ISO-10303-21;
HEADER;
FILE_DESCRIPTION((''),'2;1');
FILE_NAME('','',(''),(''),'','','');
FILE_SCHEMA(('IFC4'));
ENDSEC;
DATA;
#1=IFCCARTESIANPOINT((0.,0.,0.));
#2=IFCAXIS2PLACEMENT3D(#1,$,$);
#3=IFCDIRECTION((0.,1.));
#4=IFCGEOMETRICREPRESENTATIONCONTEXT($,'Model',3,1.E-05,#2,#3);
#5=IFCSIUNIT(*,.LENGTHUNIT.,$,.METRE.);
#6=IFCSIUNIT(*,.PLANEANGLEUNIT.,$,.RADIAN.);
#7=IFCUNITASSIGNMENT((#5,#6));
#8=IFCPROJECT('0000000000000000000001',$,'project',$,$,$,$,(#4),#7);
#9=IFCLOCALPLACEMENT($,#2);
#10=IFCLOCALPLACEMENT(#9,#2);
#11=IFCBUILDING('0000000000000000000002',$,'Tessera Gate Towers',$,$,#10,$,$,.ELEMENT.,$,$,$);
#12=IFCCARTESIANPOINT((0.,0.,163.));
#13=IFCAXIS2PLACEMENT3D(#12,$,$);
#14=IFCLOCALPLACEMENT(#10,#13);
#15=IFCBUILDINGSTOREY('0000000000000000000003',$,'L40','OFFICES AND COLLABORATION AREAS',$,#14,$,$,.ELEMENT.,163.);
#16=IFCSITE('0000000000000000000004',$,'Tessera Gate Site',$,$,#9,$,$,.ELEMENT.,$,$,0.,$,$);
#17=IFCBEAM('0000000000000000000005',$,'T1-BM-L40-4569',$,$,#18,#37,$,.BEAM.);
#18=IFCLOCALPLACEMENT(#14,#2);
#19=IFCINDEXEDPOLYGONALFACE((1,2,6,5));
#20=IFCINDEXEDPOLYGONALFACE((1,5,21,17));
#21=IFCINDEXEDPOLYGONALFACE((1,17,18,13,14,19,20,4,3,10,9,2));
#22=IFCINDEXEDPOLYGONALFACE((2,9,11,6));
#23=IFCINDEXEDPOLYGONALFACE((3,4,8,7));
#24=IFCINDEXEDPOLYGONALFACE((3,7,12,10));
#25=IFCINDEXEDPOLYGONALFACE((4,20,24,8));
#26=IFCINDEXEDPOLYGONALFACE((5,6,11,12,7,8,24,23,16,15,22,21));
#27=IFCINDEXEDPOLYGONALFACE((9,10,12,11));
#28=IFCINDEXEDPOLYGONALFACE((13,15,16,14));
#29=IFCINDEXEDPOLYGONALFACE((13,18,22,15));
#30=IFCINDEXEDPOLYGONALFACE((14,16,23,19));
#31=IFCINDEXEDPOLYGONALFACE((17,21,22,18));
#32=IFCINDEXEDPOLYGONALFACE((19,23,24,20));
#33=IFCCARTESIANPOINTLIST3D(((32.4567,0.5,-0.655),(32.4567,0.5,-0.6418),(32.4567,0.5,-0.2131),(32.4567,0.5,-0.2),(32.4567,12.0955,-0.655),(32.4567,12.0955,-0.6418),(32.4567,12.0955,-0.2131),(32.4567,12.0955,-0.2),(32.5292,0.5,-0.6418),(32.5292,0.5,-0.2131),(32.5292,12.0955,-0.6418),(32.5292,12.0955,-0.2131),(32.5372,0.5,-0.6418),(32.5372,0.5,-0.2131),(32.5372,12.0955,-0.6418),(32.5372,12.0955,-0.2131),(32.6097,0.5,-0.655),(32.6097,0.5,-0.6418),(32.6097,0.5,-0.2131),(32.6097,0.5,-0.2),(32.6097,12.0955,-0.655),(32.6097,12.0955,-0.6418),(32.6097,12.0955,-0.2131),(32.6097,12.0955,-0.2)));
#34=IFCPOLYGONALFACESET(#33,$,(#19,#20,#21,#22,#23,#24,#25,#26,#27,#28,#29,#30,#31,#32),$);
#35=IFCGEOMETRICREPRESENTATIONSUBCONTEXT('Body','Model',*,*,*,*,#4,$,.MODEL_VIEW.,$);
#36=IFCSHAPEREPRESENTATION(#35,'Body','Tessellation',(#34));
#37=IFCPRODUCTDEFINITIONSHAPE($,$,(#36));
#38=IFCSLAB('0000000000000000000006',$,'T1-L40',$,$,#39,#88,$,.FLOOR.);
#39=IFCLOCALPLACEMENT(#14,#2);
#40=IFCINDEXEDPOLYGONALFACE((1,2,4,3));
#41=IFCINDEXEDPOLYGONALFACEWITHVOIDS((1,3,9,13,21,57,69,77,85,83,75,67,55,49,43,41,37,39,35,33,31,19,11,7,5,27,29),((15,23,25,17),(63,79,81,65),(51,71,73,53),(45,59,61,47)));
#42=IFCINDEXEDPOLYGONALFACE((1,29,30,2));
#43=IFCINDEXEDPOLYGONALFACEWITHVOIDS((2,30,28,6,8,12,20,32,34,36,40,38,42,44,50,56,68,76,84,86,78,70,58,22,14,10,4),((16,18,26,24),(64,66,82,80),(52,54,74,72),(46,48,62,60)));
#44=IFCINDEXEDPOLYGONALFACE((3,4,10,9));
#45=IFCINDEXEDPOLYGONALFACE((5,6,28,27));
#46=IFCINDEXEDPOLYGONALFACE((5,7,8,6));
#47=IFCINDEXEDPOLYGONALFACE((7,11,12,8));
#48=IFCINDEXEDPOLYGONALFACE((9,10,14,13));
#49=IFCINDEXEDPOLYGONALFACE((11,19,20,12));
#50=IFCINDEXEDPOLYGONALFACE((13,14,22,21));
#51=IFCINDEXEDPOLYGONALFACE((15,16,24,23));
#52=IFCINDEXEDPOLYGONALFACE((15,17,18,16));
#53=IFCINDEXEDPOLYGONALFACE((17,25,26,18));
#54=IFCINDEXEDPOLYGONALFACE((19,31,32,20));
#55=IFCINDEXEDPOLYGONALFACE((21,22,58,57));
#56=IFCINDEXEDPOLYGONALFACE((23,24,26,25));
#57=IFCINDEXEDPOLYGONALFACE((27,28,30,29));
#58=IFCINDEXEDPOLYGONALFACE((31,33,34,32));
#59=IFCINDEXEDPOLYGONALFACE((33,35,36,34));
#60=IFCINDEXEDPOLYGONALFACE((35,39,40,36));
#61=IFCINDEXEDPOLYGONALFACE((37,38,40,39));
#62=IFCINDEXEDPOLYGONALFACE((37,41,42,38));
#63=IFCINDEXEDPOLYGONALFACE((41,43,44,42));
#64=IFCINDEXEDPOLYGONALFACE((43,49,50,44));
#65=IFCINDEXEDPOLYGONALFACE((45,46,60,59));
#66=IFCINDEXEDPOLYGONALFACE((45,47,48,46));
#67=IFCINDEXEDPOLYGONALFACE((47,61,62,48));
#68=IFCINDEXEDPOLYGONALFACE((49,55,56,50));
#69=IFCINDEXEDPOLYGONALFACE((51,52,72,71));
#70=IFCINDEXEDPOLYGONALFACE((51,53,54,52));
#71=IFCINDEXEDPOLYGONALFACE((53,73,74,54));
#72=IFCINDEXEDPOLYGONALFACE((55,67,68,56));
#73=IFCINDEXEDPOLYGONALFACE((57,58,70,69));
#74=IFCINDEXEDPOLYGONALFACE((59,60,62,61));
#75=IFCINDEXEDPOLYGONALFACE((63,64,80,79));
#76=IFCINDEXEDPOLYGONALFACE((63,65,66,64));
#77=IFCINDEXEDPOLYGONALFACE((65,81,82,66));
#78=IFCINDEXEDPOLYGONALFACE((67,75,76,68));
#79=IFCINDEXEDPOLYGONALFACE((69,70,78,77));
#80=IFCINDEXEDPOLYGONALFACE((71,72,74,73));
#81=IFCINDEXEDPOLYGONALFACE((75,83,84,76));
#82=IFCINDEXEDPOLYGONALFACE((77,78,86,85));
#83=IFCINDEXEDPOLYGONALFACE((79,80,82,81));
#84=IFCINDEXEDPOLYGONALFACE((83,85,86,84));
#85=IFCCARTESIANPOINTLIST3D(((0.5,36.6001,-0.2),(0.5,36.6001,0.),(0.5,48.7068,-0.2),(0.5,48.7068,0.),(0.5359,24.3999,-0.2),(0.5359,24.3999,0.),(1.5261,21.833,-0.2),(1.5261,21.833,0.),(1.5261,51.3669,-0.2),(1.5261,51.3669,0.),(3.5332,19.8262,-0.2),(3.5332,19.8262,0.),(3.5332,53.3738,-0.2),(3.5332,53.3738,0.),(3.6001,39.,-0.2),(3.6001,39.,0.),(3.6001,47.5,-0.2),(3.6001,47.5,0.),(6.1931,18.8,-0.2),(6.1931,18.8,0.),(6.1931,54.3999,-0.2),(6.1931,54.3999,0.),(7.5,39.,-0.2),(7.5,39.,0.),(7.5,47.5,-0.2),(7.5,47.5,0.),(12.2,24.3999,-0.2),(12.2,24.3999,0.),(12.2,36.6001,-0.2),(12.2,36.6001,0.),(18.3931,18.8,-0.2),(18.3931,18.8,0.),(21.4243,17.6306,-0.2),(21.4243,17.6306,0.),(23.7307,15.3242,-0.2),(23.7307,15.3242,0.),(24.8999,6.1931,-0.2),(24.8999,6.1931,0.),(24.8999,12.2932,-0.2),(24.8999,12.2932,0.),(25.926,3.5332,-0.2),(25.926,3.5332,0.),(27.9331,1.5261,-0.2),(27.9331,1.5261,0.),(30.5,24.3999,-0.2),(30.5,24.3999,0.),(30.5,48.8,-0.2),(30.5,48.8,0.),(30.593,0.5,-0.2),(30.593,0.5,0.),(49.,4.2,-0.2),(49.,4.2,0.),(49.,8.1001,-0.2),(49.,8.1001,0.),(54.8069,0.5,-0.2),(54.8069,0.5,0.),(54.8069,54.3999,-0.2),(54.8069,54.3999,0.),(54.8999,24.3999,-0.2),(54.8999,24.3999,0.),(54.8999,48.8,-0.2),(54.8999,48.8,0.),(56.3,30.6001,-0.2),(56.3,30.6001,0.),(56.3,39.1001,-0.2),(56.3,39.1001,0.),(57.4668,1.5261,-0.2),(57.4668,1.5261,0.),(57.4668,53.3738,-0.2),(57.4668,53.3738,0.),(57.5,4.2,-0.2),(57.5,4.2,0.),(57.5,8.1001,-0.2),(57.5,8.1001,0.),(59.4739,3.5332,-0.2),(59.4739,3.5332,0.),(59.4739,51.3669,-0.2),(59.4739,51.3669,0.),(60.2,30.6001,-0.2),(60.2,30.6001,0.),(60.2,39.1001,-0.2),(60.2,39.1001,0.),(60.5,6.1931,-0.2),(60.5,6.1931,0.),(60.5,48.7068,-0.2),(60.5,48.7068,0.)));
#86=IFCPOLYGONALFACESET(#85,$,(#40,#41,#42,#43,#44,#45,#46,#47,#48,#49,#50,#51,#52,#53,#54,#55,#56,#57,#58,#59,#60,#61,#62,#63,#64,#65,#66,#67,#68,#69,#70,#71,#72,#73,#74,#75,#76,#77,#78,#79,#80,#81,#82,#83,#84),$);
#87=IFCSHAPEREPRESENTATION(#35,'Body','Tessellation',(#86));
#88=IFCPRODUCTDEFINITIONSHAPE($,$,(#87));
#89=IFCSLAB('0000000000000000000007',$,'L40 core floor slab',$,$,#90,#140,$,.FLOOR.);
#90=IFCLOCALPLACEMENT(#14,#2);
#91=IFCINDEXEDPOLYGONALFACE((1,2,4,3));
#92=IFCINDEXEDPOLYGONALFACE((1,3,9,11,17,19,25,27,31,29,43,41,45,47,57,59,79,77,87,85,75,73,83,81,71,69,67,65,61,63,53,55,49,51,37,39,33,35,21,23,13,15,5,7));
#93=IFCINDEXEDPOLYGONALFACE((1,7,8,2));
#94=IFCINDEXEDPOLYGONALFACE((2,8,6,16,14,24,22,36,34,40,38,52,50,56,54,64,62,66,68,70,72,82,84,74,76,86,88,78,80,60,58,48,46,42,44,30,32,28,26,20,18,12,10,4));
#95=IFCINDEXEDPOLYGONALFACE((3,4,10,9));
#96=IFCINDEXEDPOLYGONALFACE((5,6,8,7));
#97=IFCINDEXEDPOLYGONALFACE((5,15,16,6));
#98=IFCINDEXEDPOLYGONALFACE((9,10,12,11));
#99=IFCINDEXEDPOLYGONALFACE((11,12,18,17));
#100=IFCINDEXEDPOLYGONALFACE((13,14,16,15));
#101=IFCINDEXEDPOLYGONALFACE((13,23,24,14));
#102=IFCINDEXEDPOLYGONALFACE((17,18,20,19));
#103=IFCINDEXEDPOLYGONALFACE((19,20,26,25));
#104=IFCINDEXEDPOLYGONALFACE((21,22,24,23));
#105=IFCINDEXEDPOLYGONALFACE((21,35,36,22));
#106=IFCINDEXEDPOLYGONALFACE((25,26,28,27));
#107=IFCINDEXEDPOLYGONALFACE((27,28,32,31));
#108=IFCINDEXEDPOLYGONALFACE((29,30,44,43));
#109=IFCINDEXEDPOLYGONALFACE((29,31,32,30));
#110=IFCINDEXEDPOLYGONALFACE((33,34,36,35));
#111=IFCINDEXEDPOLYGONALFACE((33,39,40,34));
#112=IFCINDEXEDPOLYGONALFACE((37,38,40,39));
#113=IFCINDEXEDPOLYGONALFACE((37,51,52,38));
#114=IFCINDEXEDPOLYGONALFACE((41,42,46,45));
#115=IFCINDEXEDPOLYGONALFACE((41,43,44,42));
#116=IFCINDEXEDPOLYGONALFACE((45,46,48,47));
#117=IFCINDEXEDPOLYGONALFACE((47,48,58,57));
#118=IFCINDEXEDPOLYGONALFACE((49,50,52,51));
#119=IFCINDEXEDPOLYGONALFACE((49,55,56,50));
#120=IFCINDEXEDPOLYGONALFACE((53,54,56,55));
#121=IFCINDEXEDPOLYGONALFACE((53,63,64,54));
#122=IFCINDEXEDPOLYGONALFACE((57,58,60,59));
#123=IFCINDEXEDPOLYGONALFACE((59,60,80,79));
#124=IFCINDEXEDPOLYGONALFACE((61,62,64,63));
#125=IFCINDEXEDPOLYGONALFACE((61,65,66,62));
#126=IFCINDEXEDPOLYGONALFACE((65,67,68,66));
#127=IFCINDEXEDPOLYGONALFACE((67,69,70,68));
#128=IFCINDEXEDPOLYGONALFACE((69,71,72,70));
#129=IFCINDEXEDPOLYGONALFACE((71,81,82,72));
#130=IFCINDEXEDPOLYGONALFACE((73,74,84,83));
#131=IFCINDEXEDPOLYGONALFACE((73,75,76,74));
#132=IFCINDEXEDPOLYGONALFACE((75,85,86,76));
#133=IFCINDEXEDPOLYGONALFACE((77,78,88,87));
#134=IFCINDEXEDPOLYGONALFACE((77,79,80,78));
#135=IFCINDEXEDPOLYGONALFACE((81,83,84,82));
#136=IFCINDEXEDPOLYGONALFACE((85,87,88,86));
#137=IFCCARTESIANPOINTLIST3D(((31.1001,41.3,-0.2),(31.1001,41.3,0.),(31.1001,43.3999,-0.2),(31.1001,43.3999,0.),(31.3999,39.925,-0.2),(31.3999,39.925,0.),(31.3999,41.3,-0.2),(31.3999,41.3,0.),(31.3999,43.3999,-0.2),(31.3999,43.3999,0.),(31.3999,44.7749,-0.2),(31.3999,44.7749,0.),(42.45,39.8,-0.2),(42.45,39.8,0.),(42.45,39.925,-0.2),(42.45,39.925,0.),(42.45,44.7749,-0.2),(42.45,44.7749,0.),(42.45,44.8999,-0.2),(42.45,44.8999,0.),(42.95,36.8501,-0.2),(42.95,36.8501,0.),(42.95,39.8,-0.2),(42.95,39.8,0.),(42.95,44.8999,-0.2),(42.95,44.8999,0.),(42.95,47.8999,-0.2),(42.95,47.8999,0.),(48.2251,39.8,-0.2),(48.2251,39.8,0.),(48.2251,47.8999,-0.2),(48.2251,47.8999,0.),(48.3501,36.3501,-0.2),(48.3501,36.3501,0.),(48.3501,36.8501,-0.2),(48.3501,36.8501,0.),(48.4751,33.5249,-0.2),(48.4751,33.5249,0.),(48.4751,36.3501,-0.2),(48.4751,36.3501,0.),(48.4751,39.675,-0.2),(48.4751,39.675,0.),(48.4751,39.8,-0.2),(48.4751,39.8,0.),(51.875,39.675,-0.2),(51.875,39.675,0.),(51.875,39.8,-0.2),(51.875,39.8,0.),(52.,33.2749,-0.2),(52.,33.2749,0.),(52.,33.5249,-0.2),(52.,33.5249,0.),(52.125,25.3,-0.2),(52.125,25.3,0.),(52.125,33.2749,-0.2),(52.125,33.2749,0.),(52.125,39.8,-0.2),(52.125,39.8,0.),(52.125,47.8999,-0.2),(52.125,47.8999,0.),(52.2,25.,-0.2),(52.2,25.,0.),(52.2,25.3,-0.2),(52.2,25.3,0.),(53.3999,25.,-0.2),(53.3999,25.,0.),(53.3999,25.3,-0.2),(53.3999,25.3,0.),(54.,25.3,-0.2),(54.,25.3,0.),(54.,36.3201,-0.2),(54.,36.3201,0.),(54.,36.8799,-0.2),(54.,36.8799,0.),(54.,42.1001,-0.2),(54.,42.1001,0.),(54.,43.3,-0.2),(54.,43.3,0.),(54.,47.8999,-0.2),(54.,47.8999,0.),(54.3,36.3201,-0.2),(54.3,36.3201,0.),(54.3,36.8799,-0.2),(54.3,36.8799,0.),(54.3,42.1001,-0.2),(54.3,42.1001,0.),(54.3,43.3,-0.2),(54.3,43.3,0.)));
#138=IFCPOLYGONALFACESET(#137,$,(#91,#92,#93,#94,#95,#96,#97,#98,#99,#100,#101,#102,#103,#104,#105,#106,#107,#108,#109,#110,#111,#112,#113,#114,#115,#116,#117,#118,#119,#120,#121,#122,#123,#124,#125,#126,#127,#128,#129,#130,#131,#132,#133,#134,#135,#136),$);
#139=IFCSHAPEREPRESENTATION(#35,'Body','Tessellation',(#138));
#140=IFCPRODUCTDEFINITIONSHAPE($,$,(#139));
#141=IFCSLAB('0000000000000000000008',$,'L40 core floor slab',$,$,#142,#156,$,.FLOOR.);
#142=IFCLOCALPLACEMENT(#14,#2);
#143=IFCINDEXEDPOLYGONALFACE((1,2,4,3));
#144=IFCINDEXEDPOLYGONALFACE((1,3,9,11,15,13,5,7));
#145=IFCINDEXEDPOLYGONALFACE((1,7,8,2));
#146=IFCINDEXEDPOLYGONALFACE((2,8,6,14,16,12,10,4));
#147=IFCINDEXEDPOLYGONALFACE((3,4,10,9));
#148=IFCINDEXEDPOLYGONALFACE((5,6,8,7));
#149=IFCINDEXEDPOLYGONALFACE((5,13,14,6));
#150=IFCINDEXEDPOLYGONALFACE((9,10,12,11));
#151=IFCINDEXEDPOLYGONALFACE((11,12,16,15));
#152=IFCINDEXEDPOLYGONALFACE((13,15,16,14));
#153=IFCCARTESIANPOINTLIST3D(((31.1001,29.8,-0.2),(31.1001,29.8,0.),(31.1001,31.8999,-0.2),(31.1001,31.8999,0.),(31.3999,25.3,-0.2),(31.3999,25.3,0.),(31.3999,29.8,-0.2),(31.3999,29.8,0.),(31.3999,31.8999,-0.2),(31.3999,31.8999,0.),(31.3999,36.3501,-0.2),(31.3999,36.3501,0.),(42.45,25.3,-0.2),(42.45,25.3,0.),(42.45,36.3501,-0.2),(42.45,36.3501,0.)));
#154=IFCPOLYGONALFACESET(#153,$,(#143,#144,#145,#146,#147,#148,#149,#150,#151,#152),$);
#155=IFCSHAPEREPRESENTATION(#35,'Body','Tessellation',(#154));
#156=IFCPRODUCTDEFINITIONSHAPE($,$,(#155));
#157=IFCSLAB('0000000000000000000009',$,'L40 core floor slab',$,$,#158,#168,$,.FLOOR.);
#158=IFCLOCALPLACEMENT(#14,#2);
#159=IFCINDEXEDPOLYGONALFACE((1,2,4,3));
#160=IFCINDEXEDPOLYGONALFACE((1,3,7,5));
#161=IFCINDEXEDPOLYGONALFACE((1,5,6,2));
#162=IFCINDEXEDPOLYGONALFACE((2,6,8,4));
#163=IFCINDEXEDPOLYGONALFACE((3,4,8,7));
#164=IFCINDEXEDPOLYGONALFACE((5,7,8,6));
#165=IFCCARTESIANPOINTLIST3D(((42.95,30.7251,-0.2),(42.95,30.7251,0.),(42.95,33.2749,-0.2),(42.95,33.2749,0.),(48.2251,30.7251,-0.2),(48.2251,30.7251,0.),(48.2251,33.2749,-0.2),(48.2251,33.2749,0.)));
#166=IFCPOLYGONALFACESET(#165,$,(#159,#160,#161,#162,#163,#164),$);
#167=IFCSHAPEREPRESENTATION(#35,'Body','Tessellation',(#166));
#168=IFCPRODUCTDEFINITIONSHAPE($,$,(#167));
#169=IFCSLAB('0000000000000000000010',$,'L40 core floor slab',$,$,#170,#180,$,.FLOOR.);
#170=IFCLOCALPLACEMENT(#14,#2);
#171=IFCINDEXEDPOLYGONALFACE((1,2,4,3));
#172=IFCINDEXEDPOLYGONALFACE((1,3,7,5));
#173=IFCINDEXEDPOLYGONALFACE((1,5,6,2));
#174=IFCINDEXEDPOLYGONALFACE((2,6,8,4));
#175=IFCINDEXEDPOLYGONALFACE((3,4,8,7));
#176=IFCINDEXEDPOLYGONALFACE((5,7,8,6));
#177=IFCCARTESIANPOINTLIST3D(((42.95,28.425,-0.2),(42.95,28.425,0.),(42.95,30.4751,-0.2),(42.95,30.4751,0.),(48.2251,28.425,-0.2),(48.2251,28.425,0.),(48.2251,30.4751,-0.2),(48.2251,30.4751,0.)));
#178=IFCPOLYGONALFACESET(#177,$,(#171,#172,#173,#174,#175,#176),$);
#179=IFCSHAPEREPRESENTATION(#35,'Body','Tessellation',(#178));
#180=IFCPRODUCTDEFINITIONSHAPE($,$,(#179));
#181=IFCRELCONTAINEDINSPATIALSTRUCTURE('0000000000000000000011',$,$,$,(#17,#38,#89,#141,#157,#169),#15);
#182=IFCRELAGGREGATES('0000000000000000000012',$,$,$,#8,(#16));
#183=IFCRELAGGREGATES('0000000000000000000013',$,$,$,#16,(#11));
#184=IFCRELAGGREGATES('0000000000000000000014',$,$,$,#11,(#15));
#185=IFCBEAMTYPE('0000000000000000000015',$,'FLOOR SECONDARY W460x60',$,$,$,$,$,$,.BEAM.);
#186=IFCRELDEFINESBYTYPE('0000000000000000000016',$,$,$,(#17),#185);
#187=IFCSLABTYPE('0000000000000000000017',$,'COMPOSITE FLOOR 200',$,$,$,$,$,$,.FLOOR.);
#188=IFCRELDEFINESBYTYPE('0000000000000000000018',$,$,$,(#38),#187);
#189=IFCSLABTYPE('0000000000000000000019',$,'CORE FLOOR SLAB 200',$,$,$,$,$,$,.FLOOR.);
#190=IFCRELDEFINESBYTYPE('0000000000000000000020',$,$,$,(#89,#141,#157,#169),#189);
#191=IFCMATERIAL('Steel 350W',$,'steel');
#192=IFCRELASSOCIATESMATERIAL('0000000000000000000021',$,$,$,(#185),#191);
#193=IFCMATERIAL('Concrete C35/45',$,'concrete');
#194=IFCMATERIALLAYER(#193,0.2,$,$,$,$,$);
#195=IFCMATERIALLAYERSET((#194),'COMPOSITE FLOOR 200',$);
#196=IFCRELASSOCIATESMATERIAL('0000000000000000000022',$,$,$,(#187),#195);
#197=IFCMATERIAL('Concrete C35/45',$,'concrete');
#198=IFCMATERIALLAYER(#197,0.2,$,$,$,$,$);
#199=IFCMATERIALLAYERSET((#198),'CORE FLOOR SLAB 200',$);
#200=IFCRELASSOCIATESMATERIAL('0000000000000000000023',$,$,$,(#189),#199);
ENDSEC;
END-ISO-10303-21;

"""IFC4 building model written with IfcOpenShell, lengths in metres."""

from ifc_helpers import new_model, si_unit, direction, frame, origin, origin_2d, place, context, subcontext, project, spatial, polyline, i_section, outline, extrude, material, layer, layer_set, material_profile, profile_set, type_object, element, save


model = new_model("IFC4")

# Units and contexts
model_context = context("Model", 3, precision=1e-05, world=origin(), true_north=direction((0.0, 1.0)))
body_context = subcontext(model_context, "Body", "Model", "MODEL_VIEW")
ifc_project = project(units=[si_unit("LENGTHUNIT", "METRE"), si_unit("PLANEANGLEUNIT", "RADIAN")], contexts=[model_context])

# Site, building, storey
site_placement = place(None, origin())
site = spatial("IfcSite", under=ifc_project, at=site_placement, Name="Tessera Gate Site", CompositionType="ELEMENT", RefElevation=0.0)
building_placement = place(site_placement, origin())
building = spatial("IfcBuilding", under=site, at=building_placement, Name="Tessera Gate Towers", CompositionType="ELEMENT")
storey_placement = place(building_placement, frame((0.0, 0.0, 163.0)))
storey = spatial("IfcBuildingStorey", under=building, at=storey_placement, Name="L40", Description="OFFICES AND COLLABORATION AREAS", CompositionType="ELEMENT", Elevation=163.0)

# Beam
ifc_material_1 = material(Name="Steel 350W", Category="steel")
ifc_material_profile_1 = material_profile(ifc_material_1, i_section(OverallWidth=0.1531, OverallDepth=0.4551, WebThickness=0.0081, FlangeThickness=0.0132, at=origin_2d()), Name="W460x60")
ifc_profile_set_1 = profile_set([ifc_material_profile_1], Name="Steel 350W")
beam_type_1 = type_object("IfcBeamType", Name="FLOOR SECONDARY W460x60", PredefinedType="BEAM", material=ifc_profile_set_1)
beam_1_placement = place(storey_placement, frame((32.5332, 0.5, -0.4275), z_axis=(0.0, 1.0, 0.0), x_axis=(-1.0, 0.0, 0.0)))
element("IfcBeam", 1, at=beam_1_placement, inside=storey, type_object=beam_type_1, Name="T1-BM-L40-4569", PredefinedType="BEAM", context=body_context, shape_type="SweptSolid", body=[
    extrude(i_section(OverallWidth=0.1531, OverallDepth=0.4551, WebThickness=0.0081, FlangeThickness=0.0132, at=origin_2d()), origin(), (0.0, 0.0, 1.0), 11.5955),
])

# Slabs
ifc_material_2 = material(Name="Concrete C35/45", Category="concrete")
ifc_layer_1 = layer(ifc_material_2, 0.2)
ifc_layer_set_1 = layer_set([ifc_layer_1], Name="COMPOSITE FLOOR 200")
slab_type_1 = type_object("IfcSlabType", Name="COMPOSITE FLOOR 200", PredefinedType="FLOOR", material=ifc_layer_set_1)
slab_1_placement = place(storey_placement, frame((0.0, 0.0, -0.2)))
element("IfcSlab", 2, at=slab_1_placement, inside=storey, type_object=slab_type_1, Name="T1-L40", PredefinedType="FLOOR", context=body_context, shape_type="SweptSolid", body=[
    extrude(outline(polyline([(0.5, 36.6001), (12.2, 36.6001), (12.2, 24.3999), (0.5359, 24.3999), (1.5261, 21.833), (3.5332, 19.8262), (6.1931, 18.8), (18.3931, 18.8), (21.4243, 17.6306), (23.7307, 15.3242), (24.8999, 12.2932), (24.8999, 6.1931), (25.926, 3.5332), (27.9331, 1.5261), (30.593, 0.5), (54.8069, 0.5), (57.4668, 1.5261), (59.4739, 3.5332), (60.5, 6.1931), (60.5, 48.7068), (59.4739, 51.3669), (57.4668, 53.3738), (54.8069, 54.3999), (6.1931, 54.3999), (3.5332, 53.3738), (1.5261, 51.3669), (0.5, 48.7068), (0.5, 36.6001)]), holes=[polyline([(3.6001, 39.0), (3.6001, 47.5), (7.5, 47.5), (7.5, 39.0), (3.6001, 39.0)]), polyline([(30.5, 24.3999), (30.5, 48.8), (54.8999, 48.8), (54.8999, 24.3999), (30.5, 24.3999)]), polyline([(49.0, 4.2), (49.0, 8.1001), (57.5, 8.1001), (57.5, 4.2), (49.0, 4.2)]), polyline([(56.3, 30.6001), (56.3, 39.1001), (60.2, 39.1001), (60.2, 30.6001), (56.3, 30.6001)])]), origin(), (0.0, 0.0, 1.0), 0.2),
])
ifc_material_3 = material(Name="Concrete C35/45", Category="concrete")
ifc_layer_2 = layer(ifc_material_3, 0.2)
ifc_layer_set_2 = layer_set([ifc_layer_2], Name="CORE FLOOR SLAB 200")
slab_type_2 = type_object("IfcSlabType", Name="CORE FLOOR SLAB 200", PredefinedType="FLOOR", material=ifc_layer_set_2)
slab_2_placement = place(storey_placement, frame((0.0, 0.0, -0.2)))
element("IfcSlab", 3, at=slab_2_placement, inside=storey, type_object=slab_type_2, Name="L40 core floor slab", PredefinedType="FLOOR", context=body_context, shape_type="SweptSolid", body=[
    extrude(outline(polyline([(42.45, 44.8999), (42.45, 44.7749), (31.3999, 44.7749), (31.3999, 43.3999), (31.1001, 43.3999), (31.1001, 41.3), (31.3999, 41.3), (31.3999, 39.925), (42.45, 39.925), (42.45, 39.8), (42.95, 39.8), (42.95, 36.8501), (48.3501, 36.8501), (48.3501, 36.3501), (48.4751, 36.3501), (48.4751, 33.5249), (52.0, 33.5249), (52.0, 33.2749), (52.125, 33.2749), (52.125, 25.3), (52.2, 25.3), (52.2, 25.0), (53.3999, 25.0), (53.3999, 25.3), (54.0, 25.3), (54.0, 36.3201), (54.3, 36.3201), (54.3, 36.8799), (54.0, 36.8799), (54.0, 42.1001), (54.3, 42.1001), (54.3, 43.3), (54.0, 43.3), (54.0, 47.8999), (52.125, 47.8999), (52.125, 39.8), (51.875, 39.8), (51.875, 39.675), (48.4751, 39.675), (48.4751, 39.8), (48.2251, 39.8), (48.2251, 47.8999), (42.95, 47.8999), (42.95, 44.8999), (42.45, 44.8999)])), origin(), (0.0, 0.0, 1.0), 0.2),
])
slab_3_placement = place(storey_placement, frame((0.0, 0.0, -0.2)))
element("IfcSlab", 4, at=slab_3_placement, inside=storey, type_object=slab_type_2, Name="L40 core floor slab", PredefinedType="FLOOR", context=body_context, shape_type="SweptSolid", body=[
    extrude(outline(polyline([(31.3999, 36.3501), (31.3999, 31.8999), (31.1001, 31.8999), (31.1001, 29.8), (31.3999, 29.8), (31.3999, 25.3), (42.45, 25.3), (42.45, 36.3501), (31.3999, 36.3501)])), origin(), (0.0, 0.0, 1.0), 0.2),
])
slab_4_placement = place(storey_placement, frame((0.0, 0.0, -0.2)))
element("IfcSlab", 5, at=slab_4_placement, inside=storey, type_object=slab_type_2, Name="L40 core floor slab", PredefinedType="FLOOR", context=body_context, shape_type="SweptSolid", body=[
    extrude(outline(polyline([(42.95, 33.2749), (42.95, 30.7251), (48.2251, 30.7251), (48.2251, 33.2749), (42.95, 33.2749)])), origin(), (0.0, 0.0, 1.0), 0.2),
])
slab_5_placement = place(storey_placement, frame((0.0, 0.0, -0.2)))
element("IfcSlab", 6, at=slab_5_placement, inside=storey, type_object=slab_type_2, Name="L40 core floor slab", PredefinedType="FLOOR", context=body_context, shape_type="SweptSolid", body=[
    extrude(outline(polyline([(48.2251, 30.4751), (42.95, 30.4751), (42.95, 28.425), (48.2251, 28.425), (48.2251, 30.4751)])), origin(), (0.0, 0.0, 1.0), 0.2),
])

save(model, "model.ifc")
